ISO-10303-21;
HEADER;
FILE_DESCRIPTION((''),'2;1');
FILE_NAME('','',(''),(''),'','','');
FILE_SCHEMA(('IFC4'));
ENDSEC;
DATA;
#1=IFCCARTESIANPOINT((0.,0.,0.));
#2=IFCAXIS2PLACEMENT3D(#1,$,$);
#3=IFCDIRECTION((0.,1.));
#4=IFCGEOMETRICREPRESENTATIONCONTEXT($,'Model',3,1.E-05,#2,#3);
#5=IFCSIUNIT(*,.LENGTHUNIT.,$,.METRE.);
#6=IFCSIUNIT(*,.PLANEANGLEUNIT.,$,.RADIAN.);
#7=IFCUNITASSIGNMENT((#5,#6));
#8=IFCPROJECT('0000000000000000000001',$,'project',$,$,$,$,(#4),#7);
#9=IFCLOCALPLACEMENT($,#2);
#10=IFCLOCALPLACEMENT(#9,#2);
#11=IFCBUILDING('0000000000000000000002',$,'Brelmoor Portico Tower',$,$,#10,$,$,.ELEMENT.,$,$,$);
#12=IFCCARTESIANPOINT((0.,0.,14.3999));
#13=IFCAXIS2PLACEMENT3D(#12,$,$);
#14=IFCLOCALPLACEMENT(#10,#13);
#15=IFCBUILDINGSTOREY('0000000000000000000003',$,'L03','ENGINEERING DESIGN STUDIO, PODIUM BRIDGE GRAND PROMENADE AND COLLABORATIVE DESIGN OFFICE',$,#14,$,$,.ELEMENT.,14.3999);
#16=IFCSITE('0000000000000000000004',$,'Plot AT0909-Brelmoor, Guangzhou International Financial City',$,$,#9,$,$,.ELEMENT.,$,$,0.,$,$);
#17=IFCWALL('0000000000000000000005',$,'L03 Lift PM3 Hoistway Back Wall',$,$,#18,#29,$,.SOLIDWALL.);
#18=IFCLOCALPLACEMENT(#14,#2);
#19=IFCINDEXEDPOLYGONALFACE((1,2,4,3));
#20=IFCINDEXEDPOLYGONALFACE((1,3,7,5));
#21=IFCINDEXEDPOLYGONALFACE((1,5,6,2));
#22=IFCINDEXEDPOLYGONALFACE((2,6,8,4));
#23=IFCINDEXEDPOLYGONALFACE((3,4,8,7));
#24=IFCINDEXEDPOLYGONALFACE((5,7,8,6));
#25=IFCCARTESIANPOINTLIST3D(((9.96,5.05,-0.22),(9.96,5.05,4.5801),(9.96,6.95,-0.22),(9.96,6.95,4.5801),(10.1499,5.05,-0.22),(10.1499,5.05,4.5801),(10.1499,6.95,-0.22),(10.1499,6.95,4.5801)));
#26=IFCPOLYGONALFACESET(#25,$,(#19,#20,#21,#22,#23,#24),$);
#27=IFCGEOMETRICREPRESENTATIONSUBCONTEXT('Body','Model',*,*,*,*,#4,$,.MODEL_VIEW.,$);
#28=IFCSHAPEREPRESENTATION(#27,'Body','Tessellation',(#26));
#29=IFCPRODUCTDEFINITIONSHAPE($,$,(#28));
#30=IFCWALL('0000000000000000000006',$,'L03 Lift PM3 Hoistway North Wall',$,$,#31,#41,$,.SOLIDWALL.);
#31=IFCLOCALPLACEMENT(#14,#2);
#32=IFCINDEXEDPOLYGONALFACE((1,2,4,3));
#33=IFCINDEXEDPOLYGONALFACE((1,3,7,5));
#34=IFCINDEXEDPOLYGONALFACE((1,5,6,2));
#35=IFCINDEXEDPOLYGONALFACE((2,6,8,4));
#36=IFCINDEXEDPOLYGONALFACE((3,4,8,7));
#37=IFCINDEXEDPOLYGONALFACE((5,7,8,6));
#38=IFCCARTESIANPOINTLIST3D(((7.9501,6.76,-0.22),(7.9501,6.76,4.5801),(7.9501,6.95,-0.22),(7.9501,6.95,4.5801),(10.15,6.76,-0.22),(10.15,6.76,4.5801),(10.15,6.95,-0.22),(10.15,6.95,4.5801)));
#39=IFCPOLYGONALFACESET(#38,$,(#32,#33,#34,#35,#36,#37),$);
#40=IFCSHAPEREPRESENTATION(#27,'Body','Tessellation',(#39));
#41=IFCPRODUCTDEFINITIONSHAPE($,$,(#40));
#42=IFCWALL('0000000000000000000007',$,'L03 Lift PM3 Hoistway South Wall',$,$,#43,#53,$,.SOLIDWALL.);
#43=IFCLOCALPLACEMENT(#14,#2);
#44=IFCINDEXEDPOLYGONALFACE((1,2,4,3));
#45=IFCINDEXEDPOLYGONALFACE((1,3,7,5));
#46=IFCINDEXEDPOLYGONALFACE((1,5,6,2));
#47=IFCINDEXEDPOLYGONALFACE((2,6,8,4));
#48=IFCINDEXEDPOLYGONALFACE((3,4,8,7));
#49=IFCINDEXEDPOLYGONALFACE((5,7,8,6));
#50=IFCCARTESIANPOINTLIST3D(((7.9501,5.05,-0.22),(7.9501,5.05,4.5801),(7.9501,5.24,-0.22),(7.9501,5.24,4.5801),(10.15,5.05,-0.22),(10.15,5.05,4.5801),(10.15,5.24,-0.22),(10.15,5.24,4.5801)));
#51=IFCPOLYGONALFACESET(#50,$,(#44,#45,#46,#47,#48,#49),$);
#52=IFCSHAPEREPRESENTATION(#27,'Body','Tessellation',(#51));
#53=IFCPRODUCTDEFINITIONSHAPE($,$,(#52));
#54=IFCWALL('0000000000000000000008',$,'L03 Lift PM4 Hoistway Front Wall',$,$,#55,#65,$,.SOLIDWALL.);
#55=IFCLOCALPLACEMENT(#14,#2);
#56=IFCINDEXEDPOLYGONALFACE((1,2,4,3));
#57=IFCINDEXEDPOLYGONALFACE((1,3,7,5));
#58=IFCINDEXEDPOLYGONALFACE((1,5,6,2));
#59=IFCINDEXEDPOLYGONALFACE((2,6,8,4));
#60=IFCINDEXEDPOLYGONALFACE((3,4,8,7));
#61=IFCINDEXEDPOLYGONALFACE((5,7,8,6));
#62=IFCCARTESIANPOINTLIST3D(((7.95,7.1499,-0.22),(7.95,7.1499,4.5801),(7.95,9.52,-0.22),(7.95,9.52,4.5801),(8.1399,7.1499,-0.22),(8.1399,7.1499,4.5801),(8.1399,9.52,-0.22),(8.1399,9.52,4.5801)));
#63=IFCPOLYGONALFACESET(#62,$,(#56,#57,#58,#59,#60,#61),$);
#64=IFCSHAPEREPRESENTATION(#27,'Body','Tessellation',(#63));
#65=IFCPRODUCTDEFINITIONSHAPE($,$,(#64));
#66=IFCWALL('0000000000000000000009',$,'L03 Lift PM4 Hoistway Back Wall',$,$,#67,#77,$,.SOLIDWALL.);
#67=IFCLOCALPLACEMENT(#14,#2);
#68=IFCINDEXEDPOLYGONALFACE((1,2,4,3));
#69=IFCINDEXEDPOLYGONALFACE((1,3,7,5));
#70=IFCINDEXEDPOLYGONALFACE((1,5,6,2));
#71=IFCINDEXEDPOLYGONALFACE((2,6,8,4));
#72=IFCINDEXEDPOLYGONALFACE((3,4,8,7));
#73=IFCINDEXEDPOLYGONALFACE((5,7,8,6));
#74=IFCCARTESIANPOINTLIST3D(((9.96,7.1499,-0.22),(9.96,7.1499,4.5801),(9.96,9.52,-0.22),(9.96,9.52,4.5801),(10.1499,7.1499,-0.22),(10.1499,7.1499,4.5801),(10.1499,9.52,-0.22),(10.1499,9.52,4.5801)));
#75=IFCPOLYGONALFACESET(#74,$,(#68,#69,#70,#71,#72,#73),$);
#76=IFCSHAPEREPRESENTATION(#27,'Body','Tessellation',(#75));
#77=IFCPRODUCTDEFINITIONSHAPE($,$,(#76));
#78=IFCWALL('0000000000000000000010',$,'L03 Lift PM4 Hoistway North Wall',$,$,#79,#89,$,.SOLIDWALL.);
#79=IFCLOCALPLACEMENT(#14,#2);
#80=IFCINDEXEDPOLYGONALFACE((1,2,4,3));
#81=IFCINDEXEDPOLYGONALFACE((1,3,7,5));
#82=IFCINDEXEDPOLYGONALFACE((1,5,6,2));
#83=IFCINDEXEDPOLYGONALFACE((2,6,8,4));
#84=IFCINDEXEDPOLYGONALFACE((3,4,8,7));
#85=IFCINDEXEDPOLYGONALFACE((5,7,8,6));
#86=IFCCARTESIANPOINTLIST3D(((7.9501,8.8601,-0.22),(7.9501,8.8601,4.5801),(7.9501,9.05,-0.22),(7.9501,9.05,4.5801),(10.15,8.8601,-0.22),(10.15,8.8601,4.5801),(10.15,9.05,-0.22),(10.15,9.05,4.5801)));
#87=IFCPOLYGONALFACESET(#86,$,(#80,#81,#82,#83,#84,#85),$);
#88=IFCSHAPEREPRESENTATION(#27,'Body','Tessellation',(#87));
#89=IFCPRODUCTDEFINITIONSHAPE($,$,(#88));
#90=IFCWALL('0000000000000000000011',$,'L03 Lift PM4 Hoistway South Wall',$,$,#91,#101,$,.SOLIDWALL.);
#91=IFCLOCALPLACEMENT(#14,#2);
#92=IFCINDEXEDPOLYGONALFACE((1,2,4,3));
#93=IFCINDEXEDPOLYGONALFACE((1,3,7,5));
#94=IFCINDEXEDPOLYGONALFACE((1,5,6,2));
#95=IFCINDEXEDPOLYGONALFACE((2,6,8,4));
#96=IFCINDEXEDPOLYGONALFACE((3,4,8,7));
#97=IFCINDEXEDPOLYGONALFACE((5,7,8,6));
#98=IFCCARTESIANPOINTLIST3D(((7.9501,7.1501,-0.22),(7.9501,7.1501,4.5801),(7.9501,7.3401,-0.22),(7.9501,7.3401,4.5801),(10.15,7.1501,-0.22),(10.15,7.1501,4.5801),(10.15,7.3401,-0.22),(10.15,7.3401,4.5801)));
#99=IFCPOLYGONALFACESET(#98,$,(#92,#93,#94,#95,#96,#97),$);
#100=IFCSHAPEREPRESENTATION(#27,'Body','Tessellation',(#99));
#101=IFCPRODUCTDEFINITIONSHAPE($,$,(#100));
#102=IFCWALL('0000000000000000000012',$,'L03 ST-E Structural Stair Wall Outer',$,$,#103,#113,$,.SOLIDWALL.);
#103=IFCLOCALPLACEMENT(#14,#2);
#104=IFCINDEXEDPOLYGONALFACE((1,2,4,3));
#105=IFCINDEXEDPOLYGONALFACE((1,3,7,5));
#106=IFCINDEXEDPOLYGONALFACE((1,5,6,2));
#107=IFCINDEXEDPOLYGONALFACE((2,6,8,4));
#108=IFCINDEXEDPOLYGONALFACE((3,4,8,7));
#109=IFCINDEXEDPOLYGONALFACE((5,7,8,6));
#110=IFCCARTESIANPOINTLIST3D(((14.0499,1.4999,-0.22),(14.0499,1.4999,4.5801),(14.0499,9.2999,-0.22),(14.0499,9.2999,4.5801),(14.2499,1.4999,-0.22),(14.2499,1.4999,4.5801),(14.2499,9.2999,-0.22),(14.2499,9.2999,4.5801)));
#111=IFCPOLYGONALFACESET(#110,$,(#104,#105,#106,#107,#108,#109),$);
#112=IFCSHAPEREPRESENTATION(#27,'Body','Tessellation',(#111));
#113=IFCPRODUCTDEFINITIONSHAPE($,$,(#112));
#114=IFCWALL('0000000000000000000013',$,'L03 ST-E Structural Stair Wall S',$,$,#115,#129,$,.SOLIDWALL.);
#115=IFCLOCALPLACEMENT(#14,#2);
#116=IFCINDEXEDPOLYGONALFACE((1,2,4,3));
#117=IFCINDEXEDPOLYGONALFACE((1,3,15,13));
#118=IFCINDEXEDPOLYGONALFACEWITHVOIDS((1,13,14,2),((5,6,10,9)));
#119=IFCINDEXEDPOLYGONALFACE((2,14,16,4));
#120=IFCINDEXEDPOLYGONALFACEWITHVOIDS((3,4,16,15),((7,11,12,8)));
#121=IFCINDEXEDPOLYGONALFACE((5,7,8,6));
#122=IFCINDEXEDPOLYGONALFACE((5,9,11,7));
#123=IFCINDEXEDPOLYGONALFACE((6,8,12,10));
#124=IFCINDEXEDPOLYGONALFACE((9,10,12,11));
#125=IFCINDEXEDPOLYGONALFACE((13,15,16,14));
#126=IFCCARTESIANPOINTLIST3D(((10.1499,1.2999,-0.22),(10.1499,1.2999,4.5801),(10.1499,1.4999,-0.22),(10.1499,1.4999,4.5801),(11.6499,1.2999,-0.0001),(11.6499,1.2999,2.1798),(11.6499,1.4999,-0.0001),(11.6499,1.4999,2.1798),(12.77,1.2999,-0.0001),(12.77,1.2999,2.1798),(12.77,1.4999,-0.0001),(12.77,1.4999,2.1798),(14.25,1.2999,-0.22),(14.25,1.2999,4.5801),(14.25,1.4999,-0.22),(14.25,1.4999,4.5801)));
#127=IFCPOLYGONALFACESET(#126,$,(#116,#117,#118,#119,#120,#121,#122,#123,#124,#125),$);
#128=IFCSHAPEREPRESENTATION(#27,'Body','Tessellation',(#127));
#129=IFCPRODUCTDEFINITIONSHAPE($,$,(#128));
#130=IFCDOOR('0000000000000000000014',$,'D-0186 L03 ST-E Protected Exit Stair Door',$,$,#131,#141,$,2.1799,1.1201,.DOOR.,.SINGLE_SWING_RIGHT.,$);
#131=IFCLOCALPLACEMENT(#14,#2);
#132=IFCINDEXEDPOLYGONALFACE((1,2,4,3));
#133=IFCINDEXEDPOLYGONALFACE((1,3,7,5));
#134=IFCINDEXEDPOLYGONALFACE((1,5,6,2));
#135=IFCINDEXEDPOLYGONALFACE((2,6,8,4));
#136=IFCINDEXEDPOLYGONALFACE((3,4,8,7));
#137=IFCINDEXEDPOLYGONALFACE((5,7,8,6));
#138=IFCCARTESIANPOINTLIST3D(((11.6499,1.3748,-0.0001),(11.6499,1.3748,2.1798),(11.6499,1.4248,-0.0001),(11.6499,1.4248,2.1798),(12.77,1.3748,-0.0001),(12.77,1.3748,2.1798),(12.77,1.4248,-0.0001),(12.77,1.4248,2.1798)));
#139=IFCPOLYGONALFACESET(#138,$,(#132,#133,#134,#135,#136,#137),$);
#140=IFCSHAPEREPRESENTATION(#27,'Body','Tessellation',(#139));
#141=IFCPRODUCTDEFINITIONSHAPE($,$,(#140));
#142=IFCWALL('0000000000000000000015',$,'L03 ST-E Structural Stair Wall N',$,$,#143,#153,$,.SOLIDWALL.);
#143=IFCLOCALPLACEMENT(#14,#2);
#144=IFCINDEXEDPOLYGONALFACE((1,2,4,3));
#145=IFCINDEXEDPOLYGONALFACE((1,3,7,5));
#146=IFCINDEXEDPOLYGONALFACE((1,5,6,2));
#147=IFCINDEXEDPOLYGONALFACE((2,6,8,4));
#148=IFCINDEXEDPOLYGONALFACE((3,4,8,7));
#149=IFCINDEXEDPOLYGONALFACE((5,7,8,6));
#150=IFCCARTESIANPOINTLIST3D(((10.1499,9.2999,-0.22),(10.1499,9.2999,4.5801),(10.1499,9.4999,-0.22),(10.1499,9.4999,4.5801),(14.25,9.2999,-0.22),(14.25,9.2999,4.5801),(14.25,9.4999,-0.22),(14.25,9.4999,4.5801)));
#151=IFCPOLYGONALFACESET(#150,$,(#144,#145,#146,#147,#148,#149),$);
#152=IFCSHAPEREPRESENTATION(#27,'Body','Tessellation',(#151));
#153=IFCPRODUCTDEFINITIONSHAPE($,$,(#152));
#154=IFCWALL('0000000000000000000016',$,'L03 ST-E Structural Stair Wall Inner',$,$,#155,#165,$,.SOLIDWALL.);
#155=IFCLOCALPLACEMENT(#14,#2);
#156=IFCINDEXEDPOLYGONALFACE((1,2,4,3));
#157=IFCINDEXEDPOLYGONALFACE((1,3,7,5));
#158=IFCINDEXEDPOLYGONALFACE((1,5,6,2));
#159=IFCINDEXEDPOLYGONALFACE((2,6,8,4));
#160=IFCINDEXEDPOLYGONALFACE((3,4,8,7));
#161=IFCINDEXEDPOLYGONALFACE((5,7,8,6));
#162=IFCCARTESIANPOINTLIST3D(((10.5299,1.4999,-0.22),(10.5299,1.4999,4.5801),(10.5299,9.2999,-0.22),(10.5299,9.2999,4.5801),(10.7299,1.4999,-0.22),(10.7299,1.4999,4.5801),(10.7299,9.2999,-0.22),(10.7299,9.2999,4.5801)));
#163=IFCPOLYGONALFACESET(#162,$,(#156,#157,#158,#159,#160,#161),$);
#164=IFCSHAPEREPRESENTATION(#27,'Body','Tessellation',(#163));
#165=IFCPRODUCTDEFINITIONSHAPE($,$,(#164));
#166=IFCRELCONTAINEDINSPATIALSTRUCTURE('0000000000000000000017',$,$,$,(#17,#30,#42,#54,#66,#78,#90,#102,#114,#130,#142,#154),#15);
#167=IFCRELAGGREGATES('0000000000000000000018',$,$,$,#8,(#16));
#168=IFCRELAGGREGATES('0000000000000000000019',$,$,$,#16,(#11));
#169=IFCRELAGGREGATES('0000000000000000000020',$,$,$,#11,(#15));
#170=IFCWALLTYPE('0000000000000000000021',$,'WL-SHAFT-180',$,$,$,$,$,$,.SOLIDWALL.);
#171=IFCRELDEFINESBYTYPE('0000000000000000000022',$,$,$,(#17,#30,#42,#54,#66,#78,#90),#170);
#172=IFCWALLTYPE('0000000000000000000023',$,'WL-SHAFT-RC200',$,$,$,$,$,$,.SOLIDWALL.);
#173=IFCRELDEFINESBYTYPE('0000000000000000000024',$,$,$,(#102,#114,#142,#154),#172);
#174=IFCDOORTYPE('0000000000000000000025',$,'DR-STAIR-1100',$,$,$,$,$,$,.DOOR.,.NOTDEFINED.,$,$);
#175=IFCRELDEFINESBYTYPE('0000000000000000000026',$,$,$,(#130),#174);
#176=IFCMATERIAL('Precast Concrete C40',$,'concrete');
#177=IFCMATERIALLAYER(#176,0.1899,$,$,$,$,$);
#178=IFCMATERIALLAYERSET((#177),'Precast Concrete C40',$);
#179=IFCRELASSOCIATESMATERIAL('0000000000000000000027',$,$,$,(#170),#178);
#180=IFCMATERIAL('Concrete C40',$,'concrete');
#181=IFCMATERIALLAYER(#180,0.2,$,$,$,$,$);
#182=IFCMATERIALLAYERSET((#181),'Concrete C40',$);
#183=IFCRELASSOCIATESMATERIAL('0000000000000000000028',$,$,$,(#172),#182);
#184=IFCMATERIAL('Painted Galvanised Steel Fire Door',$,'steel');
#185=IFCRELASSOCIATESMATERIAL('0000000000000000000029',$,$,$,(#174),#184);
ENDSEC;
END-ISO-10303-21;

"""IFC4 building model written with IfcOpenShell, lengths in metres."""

from ifc_helpers import new_model, si_unit, direction, frame, frame_2d, origin, place, context, subcontext, project, spatial, rectangle, extrude, material, layer, layer_set, type_object, element, fill, save


model = new_model("IFC4")

# Units and contexts
model_context = context("Model", 3, precision=1e-05, world=origin(), true_north=direction((0.0, 1.0)))
body_context = subcontext(model_context, "Body", "Model", "MODEL_VIEW")
ifc_project = project(units=[si_unit("LENGTHUNIT", "METRE"), si_unit("PLANEANGLEUNIT", "RADIAN")], contexts=[model_context])

# Site, building, storey
site_placement = place(None, origin())
site = spatial("IfcSite", under=ifc_project, at=site_placement, Name="Plot AT0909-Brelmoor, Guangzhou International Financial City", CompositionType="ELEMENT", RefElevation=0.0)
building_placement = place(site_placement, origin())
building = spatial("IfcBuilding", under=site, at=building_placement, Name="Brelmoor Portico Tower", CompositionType="ELEMENT")
storey_placement = place(building_placement, frame((0.0, 0.0, 14.3999)))
storey = spatial("IfcBuildingStorey", under=building, at=storey_placement, Name="L03", Description="ENGINEERING DESIGN STUDIO, PODIUM BRIDGE GRAND PROMENADE AND COLLABORATIVE DESIGN OFFICE", CompositionType="ELEMENT", Elevation=14.3999)

# Walls
ifc_material_1 = material(Name="Precast Concrete C40", Category="concrete")
ifc_layer_1 = layer(ifc_material_1, 0.1899)
ifc_layer_set_1 = layer_set([ifc_layer_1], Name="Precast Concrete C40")
wall_type_1 = type_object("IfcWallType", Name="WL-SHAFT-180", PredefinedType="SOLIDWALL", material=ifc_layer_set_1)
for number, where, z_axis, x_axis, name in (
    (1, (10.0549, 5.05, -0.22), (0.0, 0.0, 1.0), (0.0, 1.0, 0.0), "L03 Lift PM3 Hoistway Back Wall"),
):
    element("IfcWall", number, at=place(storey_placement, frame(where, z_axis=z_axis, x_axis=x_axis)), inside=storey, type_object=wall_type_1, Name=name, PredefinedType="SOLIDWALL", context=body_context, shape_type="SweptSolid", body=[
        extrude(rectangle(XDim=1.8999, YDim=0.1899, at=frame_2d((0.95, 0.0))), origin(), (0.0, 0.0, 1.0), 4.8),
    ])
for number, where, z_axis, x_axis, name in (
    (2, (7.95, 6.855, -0.22), (0.0, 0.0, 1.0), (1.0, 0.0, 0.0), "L03 Lift PM3 Hoistway North Wall"),
    (3, (7.95, 5.145, -0.22), (0.0, 0.0, 1.0), (1.0, 0.0, 0.0), "L03 Lift PM3 Hoistway South Wall"),
):
    element("IfcWall", number, at=place(storey_placement, frame(where, z_axis=z_axis, x_axis=x_axis)), inside=storey, type_object=wall_type_1, Name=name, PredefinedType="SOLIDWALL", context=body_context, shape_type="SweptSolid", body=[
        extrude(rectangle(XDim=2.2, YDim=0.1899, at=frame_2d((1.1001, 0.0))), origin(), (0.0, 0.0, 1.0), 4.8),
    ])
for number, where, z_axis, x_axis, name in (
    (4, (8.0449, 7.1499, -0.22), (0.0, 0.0, 1.0), (0.0, 1.0, 0.0), "L03 Lift PM4 Hoistway Front Wall"),
    (5, (10.0549, 7.1499, -0.22), (0.0, 0.0, 1.0), (0.0, 1.0, 0.0), "L03 Lift PM4 Hoistway Back Wall"),
):
    element("IfcWall", number, at=place(storey_placement, frame(where, z_axis=z_axis, x_axis=x_axis)), inside=storey, type_object=wall_type_1, Name=name, PredefinedType="SOLIDWALL", context=body_context, shape_type="SweptSolid", body=[
        extrude(rectangle(XDim=2.3701, YDim=0.1899, at=frame_2d((1.1851, 0.0))), origin(), (0.0, 0.0, 1.0), 4.8),
    ])
for number, where, z_axis, x_axis, name in (
    (6, (7.95, 8.9551, -0.22), (0.0, 0.0, 1.0), (1.0, 0.0, 0.0), "L03 Lift PM4 Hoistway North Wall"),
    (7, (7.95, 7.2451, -0.22), (0.0, 0.0, 1.0), (1.0, 0.0, 0.0), "L03 Lift PM4 Hoistway South Wall"),
):
    element("IfcWall", number, at=place(storey_placement, frame(where, z_axis=z_axis, x_axis=x_axis)), inside=storey, type_object=wall_type_1, Name=name, PredefinedType="SOLIDWALL", context=body_context, shape_type="SweptSolid", body=[
        extrude(rectangle(XDim=2.2, YDim=0.1899, at=frame_2d((1.1001, 0.0))), origin(), (0.0, 0.0, 1.0), 4.8),
    ])
ifc_material_2 = material(Name="Concrete C40", Category="concrete")
ifc_layer_2 = layer(ifc_material_2, 0.2)
ifc_layer_set_2 = layer_set([ifc_layer_2], Name="Concrete C40")
wall_type_2 = type_object("IfcWallType", Name="WL-SHAFT-RC200", PredefinedType="SOLIDWALL", material=ifc_layer_set_2)
wall_1_placement = place(storey_placement, frame((14.1499, 1.5, -0.22), z_axis=(0.0, 0.0, 1.0), x_axis=(0.0, 1.0, 0.0)))
element("IfcWall", 8, at=wall_1_placement, inside=storey, type_object=wall_type_2, Name="L03 ST-E Structural Stair Wall Outer", PredefinedType="SOLIDWALL", context=body_context, shape_type="SweptSolid", body=[
    extrude(rectangle(XDim=7.8, YDim=0.2, at=frame_2d((3.8999, 0.0))), origin(), (0.0, 0.0, 1.0), 4.8),
])

# Wall, opening, door
wall_2_placement = place(storey_placement, frame((10.1499, 1.3999, -0.22), z_axis=(0.0, 0.0, 1.0), x_axis=(1.0, 0.0, 0.0)))
wall_2 = element("IfcWall", 9, at=wall_2_placement, inside=storey, type_object=wall_type_2, Name="L03 ST-E Structural Stair Wall S", PredefinedType="SOLIDWALL", context=body_context, shape_type="SweptSolid", body=[
    extrude(rectangle(XDim=4.1001, YDim=0.2, at=frame_2d((2.05, 0.0))), origin(), (0.0, 0.0, 1.0), 4.8),
])
opening_placement = place(wall_2_placement, frame((1.5, 0.0, 0.22)))
opening = element("IfcOpeningElement", 10, at=opening_placement, cuts=wall_2, PredefinedType="OPENING", context=body_context, shape_type="SweptSolid", body=[
    extrude(rectangle(XDim=1.1201, YDim=2.1799, at=frame_2d((0.5601, 1.0898))), frame((0.0, 0.1099, 0.0), z_axis=(0.0, -1.0, 0.0), x_axis=(1.0, 0.0, 0.0)), (0.0, 0.0, 1.0), 0.22),
])
ifc_material_3 = material(Name="Painted Galvanised Steel Fire Door", Category="steel")
door_type = type_object("IfcDoorType", Name="DR-STAIR-1100", OperationType="NOTDEFINED", PredefinedType="DOOR", material=ifc_material_3)
door_placement = place(opening_placement, origin())
door = element("IfcDoor", 11, at=door_placement, inside=storey, type_object=door_type, Name="D-0186 L03 ST-E Protected Exit Stair Door", OperationType="SINGLE_SWING_RIGHT", OverallHeight=2.1799, OverallWidth=1.1201, PredefinedType="DOOR", context=body_context, shape_type="SweptSolid", body=[
    extrude(rectangle(XDim=1.1201, YDim=2.1799, at=frame_2d((0.5601, 1.0898))), frame((0.0, 0.0249, 0.0), z_axis=(0.0, -1.0, 0.0), x_axis=(1.0, 0.0, 0.0)), (0.0, 0.0, 1.0), 0.05),
])
fill(opening, door)

# Walls
wall_3_placement = place(storey_placement, frame((10.1499, 9.3999, -0.22), z_axis=(0.0, 0.0, 1.0), x_axis=(1.0, 0.0, 0.0)))
element("IfcWall", 12, at=wall_3_placement, inside=storey, type_object=wall_type_2, Name="L03 ST-E Structural Stair Wall N", PredefinedType="SOLIDWALL", context=body_context, shape_type="SweptSolid", body=[
    extrude(rectangle(XDim=4.1001, YDim=0.2, at=frame_2d((2.05, 0.0))), origin(), (0.0, 0.0, 1.0), 4.8),
])
wall_4_placement = place(storey_placement, frame((10.6299, 1.5, -0.22), z_axis=(0.0, 0.0, 1.0), x_axis=(0.0, 1.0, 0.0)))
element("IfcWall", 13, at=wall_4_placement, inside=storey, type_object=wall_type_2, Name="L03 ST-E Structural Stair Wall Inner", PredefinedType="SOLIDWALL", context=body_context, shape_type="SweptSolid", body=[
    extrude(rectangle(XDim=7.8, YDim=0.2, at=frame_2d((3.8999, 0.0))), origin(), (0.0, 0.0, 1.0), 4.8),
])

save(model, "model.ifc")
